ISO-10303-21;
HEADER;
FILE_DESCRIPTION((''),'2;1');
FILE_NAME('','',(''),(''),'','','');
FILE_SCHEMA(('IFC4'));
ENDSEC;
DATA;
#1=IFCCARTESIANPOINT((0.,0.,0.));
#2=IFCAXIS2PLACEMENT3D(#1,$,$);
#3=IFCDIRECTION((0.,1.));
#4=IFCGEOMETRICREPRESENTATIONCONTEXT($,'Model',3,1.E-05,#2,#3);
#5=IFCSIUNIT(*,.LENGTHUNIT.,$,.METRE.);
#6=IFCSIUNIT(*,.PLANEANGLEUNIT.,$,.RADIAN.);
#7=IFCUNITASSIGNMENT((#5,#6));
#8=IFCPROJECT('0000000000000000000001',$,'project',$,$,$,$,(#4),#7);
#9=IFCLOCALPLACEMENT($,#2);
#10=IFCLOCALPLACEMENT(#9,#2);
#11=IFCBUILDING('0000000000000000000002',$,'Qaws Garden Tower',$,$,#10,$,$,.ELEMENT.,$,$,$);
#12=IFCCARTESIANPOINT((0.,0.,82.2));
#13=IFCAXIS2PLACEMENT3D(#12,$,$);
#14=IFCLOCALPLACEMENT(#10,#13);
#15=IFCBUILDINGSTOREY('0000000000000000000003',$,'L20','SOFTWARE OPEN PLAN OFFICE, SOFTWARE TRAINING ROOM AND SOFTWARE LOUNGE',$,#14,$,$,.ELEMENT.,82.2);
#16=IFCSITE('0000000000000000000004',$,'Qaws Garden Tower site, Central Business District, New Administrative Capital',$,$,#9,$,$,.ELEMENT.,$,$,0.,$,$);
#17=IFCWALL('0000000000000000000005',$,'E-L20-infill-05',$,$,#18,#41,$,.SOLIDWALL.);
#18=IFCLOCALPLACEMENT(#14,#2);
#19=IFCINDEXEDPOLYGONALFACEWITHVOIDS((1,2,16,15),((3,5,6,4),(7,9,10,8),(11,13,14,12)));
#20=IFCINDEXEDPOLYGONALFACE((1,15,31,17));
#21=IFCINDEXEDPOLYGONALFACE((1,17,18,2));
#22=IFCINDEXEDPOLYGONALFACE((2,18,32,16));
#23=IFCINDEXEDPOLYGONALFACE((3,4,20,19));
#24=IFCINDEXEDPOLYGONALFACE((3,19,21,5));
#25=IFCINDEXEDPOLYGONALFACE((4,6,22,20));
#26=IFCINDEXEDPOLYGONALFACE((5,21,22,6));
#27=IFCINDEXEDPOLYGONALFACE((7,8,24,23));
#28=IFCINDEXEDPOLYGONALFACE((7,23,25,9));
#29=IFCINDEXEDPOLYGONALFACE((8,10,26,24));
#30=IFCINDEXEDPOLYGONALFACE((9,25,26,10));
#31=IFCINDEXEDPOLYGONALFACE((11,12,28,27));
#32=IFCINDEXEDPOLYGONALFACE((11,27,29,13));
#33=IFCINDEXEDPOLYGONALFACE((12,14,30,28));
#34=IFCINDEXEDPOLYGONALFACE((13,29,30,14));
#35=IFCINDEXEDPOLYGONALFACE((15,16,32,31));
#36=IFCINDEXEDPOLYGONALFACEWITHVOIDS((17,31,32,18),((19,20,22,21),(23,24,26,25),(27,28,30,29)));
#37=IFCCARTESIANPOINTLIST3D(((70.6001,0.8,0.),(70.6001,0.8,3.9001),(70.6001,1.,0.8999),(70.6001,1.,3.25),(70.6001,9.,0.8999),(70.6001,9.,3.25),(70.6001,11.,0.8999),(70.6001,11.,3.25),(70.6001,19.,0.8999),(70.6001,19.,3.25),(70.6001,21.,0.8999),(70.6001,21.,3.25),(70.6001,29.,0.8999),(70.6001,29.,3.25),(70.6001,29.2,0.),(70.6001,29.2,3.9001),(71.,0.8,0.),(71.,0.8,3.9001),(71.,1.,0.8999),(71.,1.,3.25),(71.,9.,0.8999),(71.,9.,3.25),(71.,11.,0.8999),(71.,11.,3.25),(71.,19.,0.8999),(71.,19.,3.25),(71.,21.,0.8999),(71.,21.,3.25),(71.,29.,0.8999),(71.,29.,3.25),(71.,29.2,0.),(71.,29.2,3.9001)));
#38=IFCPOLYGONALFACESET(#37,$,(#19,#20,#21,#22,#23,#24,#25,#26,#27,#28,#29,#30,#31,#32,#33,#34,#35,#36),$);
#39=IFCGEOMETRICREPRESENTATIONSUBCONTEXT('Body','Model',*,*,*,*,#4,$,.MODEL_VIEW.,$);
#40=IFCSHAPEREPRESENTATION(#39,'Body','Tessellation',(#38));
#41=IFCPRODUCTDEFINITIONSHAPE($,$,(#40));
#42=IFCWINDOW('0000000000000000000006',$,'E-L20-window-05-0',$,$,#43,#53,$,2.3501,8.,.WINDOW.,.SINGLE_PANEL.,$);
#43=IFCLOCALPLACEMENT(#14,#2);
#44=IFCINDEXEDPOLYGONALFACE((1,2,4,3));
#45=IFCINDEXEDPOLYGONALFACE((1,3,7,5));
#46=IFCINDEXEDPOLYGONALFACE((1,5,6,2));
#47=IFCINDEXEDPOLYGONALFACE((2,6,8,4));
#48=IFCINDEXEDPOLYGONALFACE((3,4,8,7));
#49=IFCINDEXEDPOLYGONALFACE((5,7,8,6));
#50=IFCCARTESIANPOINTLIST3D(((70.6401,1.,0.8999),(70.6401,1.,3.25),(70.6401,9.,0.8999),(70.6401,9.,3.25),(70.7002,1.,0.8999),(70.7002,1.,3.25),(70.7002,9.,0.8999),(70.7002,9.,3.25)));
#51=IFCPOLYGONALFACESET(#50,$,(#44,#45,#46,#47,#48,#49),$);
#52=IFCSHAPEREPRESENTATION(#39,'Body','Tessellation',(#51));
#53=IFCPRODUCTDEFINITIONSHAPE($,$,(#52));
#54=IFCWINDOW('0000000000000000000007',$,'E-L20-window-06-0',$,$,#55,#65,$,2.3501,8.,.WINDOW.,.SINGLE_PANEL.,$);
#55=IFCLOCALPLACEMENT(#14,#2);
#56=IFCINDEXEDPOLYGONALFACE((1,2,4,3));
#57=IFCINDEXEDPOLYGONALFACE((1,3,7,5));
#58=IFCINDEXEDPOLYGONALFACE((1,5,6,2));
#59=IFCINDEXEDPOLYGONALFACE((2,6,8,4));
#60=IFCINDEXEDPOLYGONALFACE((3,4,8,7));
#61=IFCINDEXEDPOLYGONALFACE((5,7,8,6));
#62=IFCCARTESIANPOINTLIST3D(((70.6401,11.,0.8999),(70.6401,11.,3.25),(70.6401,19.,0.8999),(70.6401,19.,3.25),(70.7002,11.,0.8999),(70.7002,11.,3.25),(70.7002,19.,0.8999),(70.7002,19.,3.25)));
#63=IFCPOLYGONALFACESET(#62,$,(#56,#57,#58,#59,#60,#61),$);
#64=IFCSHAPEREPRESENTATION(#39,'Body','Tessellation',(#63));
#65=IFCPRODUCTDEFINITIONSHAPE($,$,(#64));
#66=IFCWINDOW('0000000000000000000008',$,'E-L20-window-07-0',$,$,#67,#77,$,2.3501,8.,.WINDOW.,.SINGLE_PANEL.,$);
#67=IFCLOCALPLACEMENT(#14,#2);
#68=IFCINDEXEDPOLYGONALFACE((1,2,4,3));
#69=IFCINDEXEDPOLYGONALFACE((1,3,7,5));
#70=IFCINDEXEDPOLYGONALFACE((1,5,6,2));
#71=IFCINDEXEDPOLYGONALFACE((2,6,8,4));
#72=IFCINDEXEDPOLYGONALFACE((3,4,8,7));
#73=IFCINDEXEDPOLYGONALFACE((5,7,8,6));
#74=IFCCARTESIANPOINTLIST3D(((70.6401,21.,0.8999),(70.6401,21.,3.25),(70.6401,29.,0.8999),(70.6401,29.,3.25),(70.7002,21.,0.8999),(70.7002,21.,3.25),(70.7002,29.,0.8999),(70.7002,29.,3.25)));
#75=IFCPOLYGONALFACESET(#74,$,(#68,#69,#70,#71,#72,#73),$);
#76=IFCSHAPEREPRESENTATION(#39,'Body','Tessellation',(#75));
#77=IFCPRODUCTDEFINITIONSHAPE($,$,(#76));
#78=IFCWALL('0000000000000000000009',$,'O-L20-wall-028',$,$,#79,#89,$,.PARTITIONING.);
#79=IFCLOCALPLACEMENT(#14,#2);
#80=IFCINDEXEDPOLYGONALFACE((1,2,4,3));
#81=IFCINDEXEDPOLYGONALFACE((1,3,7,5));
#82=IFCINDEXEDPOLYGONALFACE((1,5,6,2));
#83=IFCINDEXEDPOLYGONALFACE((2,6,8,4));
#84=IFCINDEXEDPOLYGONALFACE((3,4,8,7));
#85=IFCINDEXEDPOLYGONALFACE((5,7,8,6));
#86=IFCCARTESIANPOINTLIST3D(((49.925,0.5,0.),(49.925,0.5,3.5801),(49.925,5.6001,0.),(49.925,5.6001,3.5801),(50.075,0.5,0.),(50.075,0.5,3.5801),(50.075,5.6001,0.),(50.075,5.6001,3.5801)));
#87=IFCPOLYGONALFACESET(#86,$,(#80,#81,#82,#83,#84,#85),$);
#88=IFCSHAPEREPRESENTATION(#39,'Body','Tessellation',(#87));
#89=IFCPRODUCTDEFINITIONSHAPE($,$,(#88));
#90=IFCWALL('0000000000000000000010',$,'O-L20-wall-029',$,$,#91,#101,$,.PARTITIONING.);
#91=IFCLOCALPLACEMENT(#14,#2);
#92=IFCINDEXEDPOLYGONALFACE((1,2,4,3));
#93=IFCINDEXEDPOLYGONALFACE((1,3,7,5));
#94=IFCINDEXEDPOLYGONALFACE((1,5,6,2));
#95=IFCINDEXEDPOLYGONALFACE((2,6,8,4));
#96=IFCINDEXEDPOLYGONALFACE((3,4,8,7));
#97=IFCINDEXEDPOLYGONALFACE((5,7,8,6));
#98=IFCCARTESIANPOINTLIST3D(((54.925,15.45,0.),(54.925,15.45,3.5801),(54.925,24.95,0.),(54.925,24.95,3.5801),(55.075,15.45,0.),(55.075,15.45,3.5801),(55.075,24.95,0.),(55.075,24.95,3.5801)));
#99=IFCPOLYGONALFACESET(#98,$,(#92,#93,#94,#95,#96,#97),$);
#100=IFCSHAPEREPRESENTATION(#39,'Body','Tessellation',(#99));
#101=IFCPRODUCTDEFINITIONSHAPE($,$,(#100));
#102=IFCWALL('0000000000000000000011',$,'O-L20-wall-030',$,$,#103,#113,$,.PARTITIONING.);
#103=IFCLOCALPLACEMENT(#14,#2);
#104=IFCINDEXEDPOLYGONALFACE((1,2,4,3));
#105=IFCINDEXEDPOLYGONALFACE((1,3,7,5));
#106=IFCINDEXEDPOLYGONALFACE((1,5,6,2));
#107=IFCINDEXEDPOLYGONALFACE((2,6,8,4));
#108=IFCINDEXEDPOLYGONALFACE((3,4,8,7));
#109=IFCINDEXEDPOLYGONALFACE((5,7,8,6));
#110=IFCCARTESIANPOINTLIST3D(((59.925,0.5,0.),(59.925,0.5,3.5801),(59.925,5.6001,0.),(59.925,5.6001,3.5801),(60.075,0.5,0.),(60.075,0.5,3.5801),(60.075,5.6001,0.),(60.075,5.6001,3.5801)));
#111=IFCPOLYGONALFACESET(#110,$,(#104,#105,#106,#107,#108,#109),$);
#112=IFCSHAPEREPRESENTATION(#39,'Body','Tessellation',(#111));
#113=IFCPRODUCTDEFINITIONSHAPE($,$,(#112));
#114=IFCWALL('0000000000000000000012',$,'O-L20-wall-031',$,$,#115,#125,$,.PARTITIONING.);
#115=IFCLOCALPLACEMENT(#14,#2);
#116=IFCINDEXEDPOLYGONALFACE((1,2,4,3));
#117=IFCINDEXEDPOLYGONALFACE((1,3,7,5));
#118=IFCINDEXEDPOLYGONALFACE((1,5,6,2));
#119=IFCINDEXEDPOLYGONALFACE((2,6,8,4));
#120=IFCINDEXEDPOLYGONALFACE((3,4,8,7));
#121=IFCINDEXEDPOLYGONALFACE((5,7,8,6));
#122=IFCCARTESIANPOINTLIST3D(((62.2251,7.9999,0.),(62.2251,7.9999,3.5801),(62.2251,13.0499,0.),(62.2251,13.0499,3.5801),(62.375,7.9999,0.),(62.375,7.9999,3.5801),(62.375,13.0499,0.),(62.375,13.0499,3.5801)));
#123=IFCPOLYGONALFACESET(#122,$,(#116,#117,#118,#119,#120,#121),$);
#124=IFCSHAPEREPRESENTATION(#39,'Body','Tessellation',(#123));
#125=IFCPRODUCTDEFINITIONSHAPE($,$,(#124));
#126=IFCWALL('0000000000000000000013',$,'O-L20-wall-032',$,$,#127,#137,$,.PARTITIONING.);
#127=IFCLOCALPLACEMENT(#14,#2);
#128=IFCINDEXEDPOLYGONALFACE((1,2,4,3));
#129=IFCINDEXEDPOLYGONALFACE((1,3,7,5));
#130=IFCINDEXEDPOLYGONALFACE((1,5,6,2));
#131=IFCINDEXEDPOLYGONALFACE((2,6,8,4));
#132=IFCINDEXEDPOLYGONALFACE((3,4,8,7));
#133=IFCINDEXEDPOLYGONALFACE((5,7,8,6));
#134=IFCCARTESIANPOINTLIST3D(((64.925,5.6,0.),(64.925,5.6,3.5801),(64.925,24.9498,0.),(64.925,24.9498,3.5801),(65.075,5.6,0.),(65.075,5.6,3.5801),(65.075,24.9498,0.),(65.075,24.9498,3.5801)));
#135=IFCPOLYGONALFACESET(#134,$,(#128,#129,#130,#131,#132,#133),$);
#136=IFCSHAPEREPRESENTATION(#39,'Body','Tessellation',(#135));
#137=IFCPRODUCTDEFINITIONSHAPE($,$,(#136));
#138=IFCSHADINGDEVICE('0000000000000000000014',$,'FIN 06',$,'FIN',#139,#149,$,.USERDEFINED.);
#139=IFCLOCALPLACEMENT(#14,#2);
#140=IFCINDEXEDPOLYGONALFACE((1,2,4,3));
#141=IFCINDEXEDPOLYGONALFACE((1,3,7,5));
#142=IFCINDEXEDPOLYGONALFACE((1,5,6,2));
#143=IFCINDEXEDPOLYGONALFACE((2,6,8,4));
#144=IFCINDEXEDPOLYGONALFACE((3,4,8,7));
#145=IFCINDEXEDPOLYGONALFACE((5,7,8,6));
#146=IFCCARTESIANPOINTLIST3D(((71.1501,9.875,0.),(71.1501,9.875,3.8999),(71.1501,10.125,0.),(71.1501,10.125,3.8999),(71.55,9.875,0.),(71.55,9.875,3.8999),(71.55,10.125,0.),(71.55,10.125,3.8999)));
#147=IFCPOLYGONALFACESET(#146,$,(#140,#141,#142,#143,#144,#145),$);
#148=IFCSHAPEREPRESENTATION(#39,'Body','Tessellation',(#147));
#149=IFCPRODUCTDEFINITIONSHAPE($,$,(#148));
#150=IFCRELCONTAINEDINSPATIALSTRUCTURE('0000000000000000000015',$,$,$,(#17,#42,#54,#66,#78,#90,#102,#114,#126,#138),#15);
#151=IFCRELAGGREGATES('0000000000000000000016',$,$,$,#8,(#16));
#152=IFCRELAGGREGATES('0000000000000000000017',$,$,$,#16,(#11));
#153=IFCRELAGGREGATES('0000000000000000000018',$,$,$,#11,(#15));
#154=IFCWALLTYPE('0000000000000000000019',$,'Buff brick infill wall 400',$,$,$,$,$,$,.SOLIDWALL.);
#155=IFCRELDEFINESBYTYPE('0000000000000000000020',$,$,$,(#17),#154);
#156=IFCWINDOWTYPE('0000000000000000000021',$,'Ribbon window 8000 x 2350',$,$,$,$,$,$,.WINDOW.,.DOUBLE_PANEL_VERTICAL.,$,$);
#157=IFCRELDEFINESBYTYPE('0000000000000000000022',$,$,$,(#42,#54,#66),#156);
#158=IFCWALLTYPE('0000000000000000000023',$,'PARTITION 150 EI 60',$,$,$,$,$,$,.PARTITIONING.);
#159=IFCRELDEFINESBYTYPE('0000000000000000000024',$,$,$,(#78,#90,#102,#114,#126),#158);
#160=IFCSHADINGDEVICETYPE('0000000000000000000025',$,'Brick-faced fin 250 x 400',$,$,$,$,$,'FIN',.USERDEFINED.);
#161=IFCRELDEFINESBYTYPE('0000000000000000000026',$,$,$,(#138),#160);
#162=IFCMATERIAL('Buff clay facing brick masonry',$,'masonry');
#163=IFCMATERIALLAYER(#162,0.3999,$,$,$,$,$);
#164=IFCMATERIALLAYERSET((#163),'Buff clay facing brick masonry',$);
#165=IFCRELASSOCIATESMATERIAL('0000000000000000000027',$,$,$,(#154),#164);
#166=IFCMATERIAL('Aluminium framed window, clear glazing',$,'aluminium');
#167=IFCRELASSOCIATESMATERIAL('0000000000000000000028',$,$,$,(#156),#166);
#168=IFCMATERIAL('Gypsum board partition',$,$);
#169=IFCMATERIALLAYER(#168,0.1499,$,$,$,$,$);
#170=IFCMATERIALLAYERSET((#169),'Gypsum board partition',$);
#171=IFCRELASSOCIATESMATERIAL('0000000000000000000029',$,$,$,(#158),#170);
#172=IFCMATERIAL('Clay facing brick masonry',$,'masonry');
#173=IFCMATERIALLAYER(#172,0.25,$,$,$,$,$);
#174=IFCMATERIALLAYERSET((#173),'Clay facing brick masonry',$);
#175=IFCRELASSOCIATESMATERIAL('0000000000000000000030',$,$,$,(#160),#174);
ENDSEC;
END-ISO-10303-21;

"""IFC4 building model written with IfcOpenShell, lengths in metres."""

from ifc_helpers import new_model, si_unit, direction, frame, frame_2d, origin, origin_2d, place, context, subcontext, project, spatial, rectangle, extrude, material, layer, layer_set, type_object, element, fill, save


model = new_model("IFC4")

# Units and contexts
model_context = context("Model", 3, precision=1e-05, world=origin(), true_north=direction((0.0, 1.0)))
body_context = subcontext(model_context, "Body", "Model", "MODEL_VIEW")
ifc_project = project(units=[si_unit("LENGTHUNIT", "METRE"), si_unit("PLANEANGLEUNIT", "RADIAN")], contexts=[model_context])

# Site, building, storey
site_placement = place(None, origin())
site = spatial("IfcSite", under=ifc_project, at=site_placement, Name="Qaws Garden Tower site, Central Business District, New Administrative Capital", CompositionType="ELEMENT", RefElevation=0.0)
building_placement = place(site_placement, origin())
building = spatial("IfcBuilding", under=site, at=building_placement, Name="Qaws Garden Tower", CompositionType="ELEMENT")
storey_placement = place(building_placement, frame((0.0, 0.0, 82.2)))
storey = spatial("IfcBuildingStorey", under=building, at=storey_placement, Name="L20", Description="SOFTWARE OPEN PLAN OFFICE, SOFTWARE TRAINING ROOM AND SOFTWARE LOUNGE", CompositionType="ELEMENT", Elevation=82.2)

# Wall, openings, windows
ifc_material_1 = material(Name="Buff clay facing brick masonry", Category="masonry")
ifc_layer_1 = layer(ifc_material_1, 0.3999)
ifc_layer_set_1 = layer_set([ifc_layer_1], Name="Buff clay facing brick masonry")
wall_type_1 = type_object("IfcWallType", Name="Buff brick infill wall 400", PredefinedType="SOLIDWALL", material=ifc_layer_set_1)
wall_1_placement = place(storey_placement, frame((70.8, 0.8, 0.0), z_axis=(0.0, 0.0, 1.0), x_axis=(0.0, 1.0, 0.0)))
wall_1 = element("IfcWall", 1, at=wall_1_placement, inside=storey, type_object=wall_type_1, Name="E-L20-infill-05", PredefinedType="SOLIDWALL", context=body_context, shape_type="SweptSolid", body=[
    extrude(rectangle(XDim=28.3999, YDim=0.3999, at=frame_2d((14.2, 0.0))), origin(), (0.0, 0.0, 1.0), 3.9001),
])
opening_1_placement = place(wall_1_placement, frame((0.2, 0.0, 0.8999)))
opening_1 = element("IfcOpeningElement", 2, at=opening_1_placement, cuts=wall_1, PredefinedType="OPENING", context=body_context, shape_type="SweptSolid", body=[
    extrude(rectangle(XDim=8.0, YDim=2.3501, at=frame_2d((4.0, 1.175))), frame((0.0, 0.21, 0.0), z_axis=(0.0, -1.0, 0.0), x_axis=(1.0, 0.0, 0.0)), (0.0, 0.0, 1.0), 0.4199),
])
opening_2_placement = place(wall_1_placement, frame((10.2, 0.0, 0.8999)))
opening_2 = element("IfcOpeningElement", 3, at=opening_2_placement, cuts=wall_1, PredefinedType="OPENING", context=body_context, shape_type="SweptSolid", body=[
    extrude(rectangle(XDim=8.0, YDim=2.3501, at=frame_2d((4.0, 1.175))), frame((0.0, 0.21, 0.0), z_axis=(0.0, -1.0, 0.0), x_axis=(1.0, 0.0, 0.0)), (0.0, 0.0, 1.0), 0.4199),
])
opening_3_placement = place(wall_1_placement, frame((20.2, 0.0, 0.8999)))
opening_3 = element("IfcOpeningElement", 4, at=opening_3_placement, cuts=wall_1, PredefinedType="OPENING", context=body_context, shape_type="SweptSolid", body=[
    extrude(rectangle(XDim=8.0, YDim=2.3501, at=frame_2d((4.0, 1.175))), frame((0.0, 0.21, 0.0), z_axis=(0.0, -1.0, 0.0), x_axis=(1.0, 0.0, 0.0)), (0.0, 0.0, 1.0), 0.4199),
])
ifc_material_2 = material(Name="Aluminium framed window, clear glazing", Category="aluminium")
window_type = type_object("IfcWindowType", Name="Ribbon window 8000 x 2350", PartitioningType="DOUBLE_PANEL_VERTICAL", PredefinedType="WINDOW", material=ifc_material_2)
window_1_placement = place(opening_1_placement, origin())
window_1 = element("IfcWindow", 5, at=window_1_placement, inside=storey, type_object=window_type, Name="E-L20-window-05-0", OverallHeight=2.3501, OverallWidth=8.0, PartitioningType="SINGLE_PANEL", PredefinedType="WINDOW", context=body_context, shape_type="SweptSolid", body=[
    extrude(rectangle(XDim=8.0, YDim=2.3501, at=frame_2d((4.0, 1.175))), frame((0.0, 0.1599, 0.0), z_axis=(0.0, -1.0, 0.0), x_axis=(1.0, 0.0, 0.0)), (0.0, 0.0, 1.0), 0.0601),
])
fill(opening_1, window_1)
window_2_placement = place(opening_2_placement, origin())
window_2 = element("IfcWindow", 6, at=window_2_placement, inside=storey, type_object=window_type, Name="E-L20-window-06-0", OverallHeight=2.3501, OverallWidth=8.0, PartitioningType="SINGLE_PANEL", PredefinedType="WINDOW", context=body_context, shape_type="SweptSolid", body=[
    extrude(rectangle(XDim=8.0, YDim=2.3501, at=frame_2d((4.0, 1.175))), frame((0.0, 0.1599, 0.0), z_axis=(0.0, -1.0, 0.0), x_axis=(1.0, 0.0, 0.0)), (0.0, 0.0, 1.0), 0.0601),
])
fill(opening_2, window_2)
window_3_placement = place(opening_3_placement, origin())
window_3 = element("IfcWindow", 7, at=window_3_placement, inside=storey, type_object=window_type, Name="E-L20-window-07-0", OverallHeight=2.3501, OverallWidth=8.0, PartitioningType="SINGLE_PANEL", PredefinedType="WINDOW", context=body_context, shape_type="SweptSolid", body=[
    extrude(rectangle(XDim=8.0, YDim=2.3501, at=frame_2d((4.0, 1.175))), frame((0.0, 0.1599, 0.0), z_axis=(0.0, -1.0, 0.0), x_axis=(1.0, 0.0, 0.0)), (0.0, 0.0, 1.0), 0.0601),
])
fill(opening_3, window_3)

# Walls
ifc_material_3 = material(Name="Gypsum board partition")
ifc_layer_2 = layer(ifc_material_3, 0.1499)
ifc_layer_set_2 = layer_set([ifc_layer_2], Name="Gypsum board partition")
wall_type_2 = type_object("IfcWallType", Name="PARTITION 150 EI 60", PredefinedType="PARTITIONING", material=ifc_layer_set_2)
wall_2_placement = place(storey_placement, frame((50.0, 0.5, 0.0), z_axis=(0.0, 0.0, 1.0), x_axis=(0.0, 1.0, 0.0)))
element("IfcWall", 8, at=wall_2_placement, inside=storey, type_object=wall_type_2, Name="O-L20-wall-028", PredefinedType="PARTITIONING", context=body_context, shape_type="SweptSolid", body=[
    extrude(rectangle(XDim=5.1001, YDim=0.1499, at=frame_2d((2.55, 0.0))), origin(), (0.0, 0.0, 1.0), 3.5801),
])
wall_3_placement = place(storey_placement, frame((55.0, 15.45, 0.0), z_axis=(0.0, 0.0, 1.0), x_axis=(0.0, 1.0, 0.0)))
element("IfcWall", 9, at=wall_3_placement, inside=storey, type_object=wall_type_2, Name="O-L20-wall-029", PredefinedType="PARTITIONING", context=body_context, shape_type="SweptSolid", body=[
    extrude(rectangle(XDim=9.5, YDim=0.1499, at=frame_2d((4.75, 0.0))), origin(), (0.0, 0.0, 1.0), 3.5801),
])
wall_4_placement = place(storey_placement, frame((60.0, 0.5, 0.0), z_axis=(0.0, 0.0, 1.0), x_axis=(0.0, 1.0, 0.0)))
element("IfcWall", 10, at=wall_4_placement, inside=storey, type_object=wall_type_2, Name="O-L20-wall-030", PredefinedType="PARTITIONING", context=body_context, shape_type="SweptSolid", body=[
    extrude(rectangle(XDim=5.1001, YDim=0.1499, at=frame_2d((2.55, 0.0))), origin(), (0.0, 0.0, 1.0), 3.5801),
])
wall_5_placement = place(storey_placement, frame((62.3, 8.0, 0.0), z_axis=(0.0, 0.0, 1.0), x_axis=(0.0, 1.0, 0.0)))
element("IfcWall", 11, at=wall_5_placement, inside=storey, type_object=wall_type_2, Name="O-L20-wall-031", PredefinedType="PARTITIONING", context=body_context, shape_type="SweptSolid", body=[
    extrude(rectangle(XDim=5.05, YDim=0.1499, at=frame_2d((2.5249, 0.0))), origin(), (0.0, 0.0, 1.0), 3.5801),
])
wall_6_placement = place(storey_placement, frame((65.0, 5.6001, 0.0), z_axis=(0.0, 0.0, 1.0), x_axis=(0.0, 1.0, 0.0)))
element("IfcWall", 12, at=wall_6_placement, inside=storey, type_object=wall_type_2, Name="O-L20-wall-032", PredefinedType="PARTITIONING", context=body_context, shape_type="SweptSolid", body=[
    extrude(rectangle(XDim=19.3499, YDim=0.1499, at=frame_2d((9.6748, 0.0))), origin(), (0.0, 0.0, 1.0), 3.5801),
])

# Shading device
ifc_material_4 = material(Name="Clay facing brick masonry", Category="masonry")
ifc_layer_3 = layer(ifc_material_4, 0.25)
ifc_layer_set_3 = layer_set([ifc_layer_3], Name="Clay facing brick masonry")
shading_device_type = type_object("IfcShadingDeviceType", Name="Brick-faced fin 250 x 400", ElementType="FIN", PredefinedType="USERDEFINED", material=ifc_layer_set_3)
shading_device_placement = place(storey_placement, frame((71.3501, 10.0, 0.0), z_axis=(0.0, 0.0, 1.0), x_axis=(0.0, 1.0, 0.0)))
element("IfcShadingDevice", 13, at=shading_device_placement, inside=storey, type_object=shading_device_type, Name="FIN 06", ObjectType="FIN", PredefinedType="USERDEFINED", context=body_context, shape_type="SweptSolid", body=[
    extrude(rectangle(XDim=0.25, YDim=0.3999, at=origin_2d()), origin(), (0.0, 0.0, 1.0), 3.8999),
])

save(model, "model.ifc")
